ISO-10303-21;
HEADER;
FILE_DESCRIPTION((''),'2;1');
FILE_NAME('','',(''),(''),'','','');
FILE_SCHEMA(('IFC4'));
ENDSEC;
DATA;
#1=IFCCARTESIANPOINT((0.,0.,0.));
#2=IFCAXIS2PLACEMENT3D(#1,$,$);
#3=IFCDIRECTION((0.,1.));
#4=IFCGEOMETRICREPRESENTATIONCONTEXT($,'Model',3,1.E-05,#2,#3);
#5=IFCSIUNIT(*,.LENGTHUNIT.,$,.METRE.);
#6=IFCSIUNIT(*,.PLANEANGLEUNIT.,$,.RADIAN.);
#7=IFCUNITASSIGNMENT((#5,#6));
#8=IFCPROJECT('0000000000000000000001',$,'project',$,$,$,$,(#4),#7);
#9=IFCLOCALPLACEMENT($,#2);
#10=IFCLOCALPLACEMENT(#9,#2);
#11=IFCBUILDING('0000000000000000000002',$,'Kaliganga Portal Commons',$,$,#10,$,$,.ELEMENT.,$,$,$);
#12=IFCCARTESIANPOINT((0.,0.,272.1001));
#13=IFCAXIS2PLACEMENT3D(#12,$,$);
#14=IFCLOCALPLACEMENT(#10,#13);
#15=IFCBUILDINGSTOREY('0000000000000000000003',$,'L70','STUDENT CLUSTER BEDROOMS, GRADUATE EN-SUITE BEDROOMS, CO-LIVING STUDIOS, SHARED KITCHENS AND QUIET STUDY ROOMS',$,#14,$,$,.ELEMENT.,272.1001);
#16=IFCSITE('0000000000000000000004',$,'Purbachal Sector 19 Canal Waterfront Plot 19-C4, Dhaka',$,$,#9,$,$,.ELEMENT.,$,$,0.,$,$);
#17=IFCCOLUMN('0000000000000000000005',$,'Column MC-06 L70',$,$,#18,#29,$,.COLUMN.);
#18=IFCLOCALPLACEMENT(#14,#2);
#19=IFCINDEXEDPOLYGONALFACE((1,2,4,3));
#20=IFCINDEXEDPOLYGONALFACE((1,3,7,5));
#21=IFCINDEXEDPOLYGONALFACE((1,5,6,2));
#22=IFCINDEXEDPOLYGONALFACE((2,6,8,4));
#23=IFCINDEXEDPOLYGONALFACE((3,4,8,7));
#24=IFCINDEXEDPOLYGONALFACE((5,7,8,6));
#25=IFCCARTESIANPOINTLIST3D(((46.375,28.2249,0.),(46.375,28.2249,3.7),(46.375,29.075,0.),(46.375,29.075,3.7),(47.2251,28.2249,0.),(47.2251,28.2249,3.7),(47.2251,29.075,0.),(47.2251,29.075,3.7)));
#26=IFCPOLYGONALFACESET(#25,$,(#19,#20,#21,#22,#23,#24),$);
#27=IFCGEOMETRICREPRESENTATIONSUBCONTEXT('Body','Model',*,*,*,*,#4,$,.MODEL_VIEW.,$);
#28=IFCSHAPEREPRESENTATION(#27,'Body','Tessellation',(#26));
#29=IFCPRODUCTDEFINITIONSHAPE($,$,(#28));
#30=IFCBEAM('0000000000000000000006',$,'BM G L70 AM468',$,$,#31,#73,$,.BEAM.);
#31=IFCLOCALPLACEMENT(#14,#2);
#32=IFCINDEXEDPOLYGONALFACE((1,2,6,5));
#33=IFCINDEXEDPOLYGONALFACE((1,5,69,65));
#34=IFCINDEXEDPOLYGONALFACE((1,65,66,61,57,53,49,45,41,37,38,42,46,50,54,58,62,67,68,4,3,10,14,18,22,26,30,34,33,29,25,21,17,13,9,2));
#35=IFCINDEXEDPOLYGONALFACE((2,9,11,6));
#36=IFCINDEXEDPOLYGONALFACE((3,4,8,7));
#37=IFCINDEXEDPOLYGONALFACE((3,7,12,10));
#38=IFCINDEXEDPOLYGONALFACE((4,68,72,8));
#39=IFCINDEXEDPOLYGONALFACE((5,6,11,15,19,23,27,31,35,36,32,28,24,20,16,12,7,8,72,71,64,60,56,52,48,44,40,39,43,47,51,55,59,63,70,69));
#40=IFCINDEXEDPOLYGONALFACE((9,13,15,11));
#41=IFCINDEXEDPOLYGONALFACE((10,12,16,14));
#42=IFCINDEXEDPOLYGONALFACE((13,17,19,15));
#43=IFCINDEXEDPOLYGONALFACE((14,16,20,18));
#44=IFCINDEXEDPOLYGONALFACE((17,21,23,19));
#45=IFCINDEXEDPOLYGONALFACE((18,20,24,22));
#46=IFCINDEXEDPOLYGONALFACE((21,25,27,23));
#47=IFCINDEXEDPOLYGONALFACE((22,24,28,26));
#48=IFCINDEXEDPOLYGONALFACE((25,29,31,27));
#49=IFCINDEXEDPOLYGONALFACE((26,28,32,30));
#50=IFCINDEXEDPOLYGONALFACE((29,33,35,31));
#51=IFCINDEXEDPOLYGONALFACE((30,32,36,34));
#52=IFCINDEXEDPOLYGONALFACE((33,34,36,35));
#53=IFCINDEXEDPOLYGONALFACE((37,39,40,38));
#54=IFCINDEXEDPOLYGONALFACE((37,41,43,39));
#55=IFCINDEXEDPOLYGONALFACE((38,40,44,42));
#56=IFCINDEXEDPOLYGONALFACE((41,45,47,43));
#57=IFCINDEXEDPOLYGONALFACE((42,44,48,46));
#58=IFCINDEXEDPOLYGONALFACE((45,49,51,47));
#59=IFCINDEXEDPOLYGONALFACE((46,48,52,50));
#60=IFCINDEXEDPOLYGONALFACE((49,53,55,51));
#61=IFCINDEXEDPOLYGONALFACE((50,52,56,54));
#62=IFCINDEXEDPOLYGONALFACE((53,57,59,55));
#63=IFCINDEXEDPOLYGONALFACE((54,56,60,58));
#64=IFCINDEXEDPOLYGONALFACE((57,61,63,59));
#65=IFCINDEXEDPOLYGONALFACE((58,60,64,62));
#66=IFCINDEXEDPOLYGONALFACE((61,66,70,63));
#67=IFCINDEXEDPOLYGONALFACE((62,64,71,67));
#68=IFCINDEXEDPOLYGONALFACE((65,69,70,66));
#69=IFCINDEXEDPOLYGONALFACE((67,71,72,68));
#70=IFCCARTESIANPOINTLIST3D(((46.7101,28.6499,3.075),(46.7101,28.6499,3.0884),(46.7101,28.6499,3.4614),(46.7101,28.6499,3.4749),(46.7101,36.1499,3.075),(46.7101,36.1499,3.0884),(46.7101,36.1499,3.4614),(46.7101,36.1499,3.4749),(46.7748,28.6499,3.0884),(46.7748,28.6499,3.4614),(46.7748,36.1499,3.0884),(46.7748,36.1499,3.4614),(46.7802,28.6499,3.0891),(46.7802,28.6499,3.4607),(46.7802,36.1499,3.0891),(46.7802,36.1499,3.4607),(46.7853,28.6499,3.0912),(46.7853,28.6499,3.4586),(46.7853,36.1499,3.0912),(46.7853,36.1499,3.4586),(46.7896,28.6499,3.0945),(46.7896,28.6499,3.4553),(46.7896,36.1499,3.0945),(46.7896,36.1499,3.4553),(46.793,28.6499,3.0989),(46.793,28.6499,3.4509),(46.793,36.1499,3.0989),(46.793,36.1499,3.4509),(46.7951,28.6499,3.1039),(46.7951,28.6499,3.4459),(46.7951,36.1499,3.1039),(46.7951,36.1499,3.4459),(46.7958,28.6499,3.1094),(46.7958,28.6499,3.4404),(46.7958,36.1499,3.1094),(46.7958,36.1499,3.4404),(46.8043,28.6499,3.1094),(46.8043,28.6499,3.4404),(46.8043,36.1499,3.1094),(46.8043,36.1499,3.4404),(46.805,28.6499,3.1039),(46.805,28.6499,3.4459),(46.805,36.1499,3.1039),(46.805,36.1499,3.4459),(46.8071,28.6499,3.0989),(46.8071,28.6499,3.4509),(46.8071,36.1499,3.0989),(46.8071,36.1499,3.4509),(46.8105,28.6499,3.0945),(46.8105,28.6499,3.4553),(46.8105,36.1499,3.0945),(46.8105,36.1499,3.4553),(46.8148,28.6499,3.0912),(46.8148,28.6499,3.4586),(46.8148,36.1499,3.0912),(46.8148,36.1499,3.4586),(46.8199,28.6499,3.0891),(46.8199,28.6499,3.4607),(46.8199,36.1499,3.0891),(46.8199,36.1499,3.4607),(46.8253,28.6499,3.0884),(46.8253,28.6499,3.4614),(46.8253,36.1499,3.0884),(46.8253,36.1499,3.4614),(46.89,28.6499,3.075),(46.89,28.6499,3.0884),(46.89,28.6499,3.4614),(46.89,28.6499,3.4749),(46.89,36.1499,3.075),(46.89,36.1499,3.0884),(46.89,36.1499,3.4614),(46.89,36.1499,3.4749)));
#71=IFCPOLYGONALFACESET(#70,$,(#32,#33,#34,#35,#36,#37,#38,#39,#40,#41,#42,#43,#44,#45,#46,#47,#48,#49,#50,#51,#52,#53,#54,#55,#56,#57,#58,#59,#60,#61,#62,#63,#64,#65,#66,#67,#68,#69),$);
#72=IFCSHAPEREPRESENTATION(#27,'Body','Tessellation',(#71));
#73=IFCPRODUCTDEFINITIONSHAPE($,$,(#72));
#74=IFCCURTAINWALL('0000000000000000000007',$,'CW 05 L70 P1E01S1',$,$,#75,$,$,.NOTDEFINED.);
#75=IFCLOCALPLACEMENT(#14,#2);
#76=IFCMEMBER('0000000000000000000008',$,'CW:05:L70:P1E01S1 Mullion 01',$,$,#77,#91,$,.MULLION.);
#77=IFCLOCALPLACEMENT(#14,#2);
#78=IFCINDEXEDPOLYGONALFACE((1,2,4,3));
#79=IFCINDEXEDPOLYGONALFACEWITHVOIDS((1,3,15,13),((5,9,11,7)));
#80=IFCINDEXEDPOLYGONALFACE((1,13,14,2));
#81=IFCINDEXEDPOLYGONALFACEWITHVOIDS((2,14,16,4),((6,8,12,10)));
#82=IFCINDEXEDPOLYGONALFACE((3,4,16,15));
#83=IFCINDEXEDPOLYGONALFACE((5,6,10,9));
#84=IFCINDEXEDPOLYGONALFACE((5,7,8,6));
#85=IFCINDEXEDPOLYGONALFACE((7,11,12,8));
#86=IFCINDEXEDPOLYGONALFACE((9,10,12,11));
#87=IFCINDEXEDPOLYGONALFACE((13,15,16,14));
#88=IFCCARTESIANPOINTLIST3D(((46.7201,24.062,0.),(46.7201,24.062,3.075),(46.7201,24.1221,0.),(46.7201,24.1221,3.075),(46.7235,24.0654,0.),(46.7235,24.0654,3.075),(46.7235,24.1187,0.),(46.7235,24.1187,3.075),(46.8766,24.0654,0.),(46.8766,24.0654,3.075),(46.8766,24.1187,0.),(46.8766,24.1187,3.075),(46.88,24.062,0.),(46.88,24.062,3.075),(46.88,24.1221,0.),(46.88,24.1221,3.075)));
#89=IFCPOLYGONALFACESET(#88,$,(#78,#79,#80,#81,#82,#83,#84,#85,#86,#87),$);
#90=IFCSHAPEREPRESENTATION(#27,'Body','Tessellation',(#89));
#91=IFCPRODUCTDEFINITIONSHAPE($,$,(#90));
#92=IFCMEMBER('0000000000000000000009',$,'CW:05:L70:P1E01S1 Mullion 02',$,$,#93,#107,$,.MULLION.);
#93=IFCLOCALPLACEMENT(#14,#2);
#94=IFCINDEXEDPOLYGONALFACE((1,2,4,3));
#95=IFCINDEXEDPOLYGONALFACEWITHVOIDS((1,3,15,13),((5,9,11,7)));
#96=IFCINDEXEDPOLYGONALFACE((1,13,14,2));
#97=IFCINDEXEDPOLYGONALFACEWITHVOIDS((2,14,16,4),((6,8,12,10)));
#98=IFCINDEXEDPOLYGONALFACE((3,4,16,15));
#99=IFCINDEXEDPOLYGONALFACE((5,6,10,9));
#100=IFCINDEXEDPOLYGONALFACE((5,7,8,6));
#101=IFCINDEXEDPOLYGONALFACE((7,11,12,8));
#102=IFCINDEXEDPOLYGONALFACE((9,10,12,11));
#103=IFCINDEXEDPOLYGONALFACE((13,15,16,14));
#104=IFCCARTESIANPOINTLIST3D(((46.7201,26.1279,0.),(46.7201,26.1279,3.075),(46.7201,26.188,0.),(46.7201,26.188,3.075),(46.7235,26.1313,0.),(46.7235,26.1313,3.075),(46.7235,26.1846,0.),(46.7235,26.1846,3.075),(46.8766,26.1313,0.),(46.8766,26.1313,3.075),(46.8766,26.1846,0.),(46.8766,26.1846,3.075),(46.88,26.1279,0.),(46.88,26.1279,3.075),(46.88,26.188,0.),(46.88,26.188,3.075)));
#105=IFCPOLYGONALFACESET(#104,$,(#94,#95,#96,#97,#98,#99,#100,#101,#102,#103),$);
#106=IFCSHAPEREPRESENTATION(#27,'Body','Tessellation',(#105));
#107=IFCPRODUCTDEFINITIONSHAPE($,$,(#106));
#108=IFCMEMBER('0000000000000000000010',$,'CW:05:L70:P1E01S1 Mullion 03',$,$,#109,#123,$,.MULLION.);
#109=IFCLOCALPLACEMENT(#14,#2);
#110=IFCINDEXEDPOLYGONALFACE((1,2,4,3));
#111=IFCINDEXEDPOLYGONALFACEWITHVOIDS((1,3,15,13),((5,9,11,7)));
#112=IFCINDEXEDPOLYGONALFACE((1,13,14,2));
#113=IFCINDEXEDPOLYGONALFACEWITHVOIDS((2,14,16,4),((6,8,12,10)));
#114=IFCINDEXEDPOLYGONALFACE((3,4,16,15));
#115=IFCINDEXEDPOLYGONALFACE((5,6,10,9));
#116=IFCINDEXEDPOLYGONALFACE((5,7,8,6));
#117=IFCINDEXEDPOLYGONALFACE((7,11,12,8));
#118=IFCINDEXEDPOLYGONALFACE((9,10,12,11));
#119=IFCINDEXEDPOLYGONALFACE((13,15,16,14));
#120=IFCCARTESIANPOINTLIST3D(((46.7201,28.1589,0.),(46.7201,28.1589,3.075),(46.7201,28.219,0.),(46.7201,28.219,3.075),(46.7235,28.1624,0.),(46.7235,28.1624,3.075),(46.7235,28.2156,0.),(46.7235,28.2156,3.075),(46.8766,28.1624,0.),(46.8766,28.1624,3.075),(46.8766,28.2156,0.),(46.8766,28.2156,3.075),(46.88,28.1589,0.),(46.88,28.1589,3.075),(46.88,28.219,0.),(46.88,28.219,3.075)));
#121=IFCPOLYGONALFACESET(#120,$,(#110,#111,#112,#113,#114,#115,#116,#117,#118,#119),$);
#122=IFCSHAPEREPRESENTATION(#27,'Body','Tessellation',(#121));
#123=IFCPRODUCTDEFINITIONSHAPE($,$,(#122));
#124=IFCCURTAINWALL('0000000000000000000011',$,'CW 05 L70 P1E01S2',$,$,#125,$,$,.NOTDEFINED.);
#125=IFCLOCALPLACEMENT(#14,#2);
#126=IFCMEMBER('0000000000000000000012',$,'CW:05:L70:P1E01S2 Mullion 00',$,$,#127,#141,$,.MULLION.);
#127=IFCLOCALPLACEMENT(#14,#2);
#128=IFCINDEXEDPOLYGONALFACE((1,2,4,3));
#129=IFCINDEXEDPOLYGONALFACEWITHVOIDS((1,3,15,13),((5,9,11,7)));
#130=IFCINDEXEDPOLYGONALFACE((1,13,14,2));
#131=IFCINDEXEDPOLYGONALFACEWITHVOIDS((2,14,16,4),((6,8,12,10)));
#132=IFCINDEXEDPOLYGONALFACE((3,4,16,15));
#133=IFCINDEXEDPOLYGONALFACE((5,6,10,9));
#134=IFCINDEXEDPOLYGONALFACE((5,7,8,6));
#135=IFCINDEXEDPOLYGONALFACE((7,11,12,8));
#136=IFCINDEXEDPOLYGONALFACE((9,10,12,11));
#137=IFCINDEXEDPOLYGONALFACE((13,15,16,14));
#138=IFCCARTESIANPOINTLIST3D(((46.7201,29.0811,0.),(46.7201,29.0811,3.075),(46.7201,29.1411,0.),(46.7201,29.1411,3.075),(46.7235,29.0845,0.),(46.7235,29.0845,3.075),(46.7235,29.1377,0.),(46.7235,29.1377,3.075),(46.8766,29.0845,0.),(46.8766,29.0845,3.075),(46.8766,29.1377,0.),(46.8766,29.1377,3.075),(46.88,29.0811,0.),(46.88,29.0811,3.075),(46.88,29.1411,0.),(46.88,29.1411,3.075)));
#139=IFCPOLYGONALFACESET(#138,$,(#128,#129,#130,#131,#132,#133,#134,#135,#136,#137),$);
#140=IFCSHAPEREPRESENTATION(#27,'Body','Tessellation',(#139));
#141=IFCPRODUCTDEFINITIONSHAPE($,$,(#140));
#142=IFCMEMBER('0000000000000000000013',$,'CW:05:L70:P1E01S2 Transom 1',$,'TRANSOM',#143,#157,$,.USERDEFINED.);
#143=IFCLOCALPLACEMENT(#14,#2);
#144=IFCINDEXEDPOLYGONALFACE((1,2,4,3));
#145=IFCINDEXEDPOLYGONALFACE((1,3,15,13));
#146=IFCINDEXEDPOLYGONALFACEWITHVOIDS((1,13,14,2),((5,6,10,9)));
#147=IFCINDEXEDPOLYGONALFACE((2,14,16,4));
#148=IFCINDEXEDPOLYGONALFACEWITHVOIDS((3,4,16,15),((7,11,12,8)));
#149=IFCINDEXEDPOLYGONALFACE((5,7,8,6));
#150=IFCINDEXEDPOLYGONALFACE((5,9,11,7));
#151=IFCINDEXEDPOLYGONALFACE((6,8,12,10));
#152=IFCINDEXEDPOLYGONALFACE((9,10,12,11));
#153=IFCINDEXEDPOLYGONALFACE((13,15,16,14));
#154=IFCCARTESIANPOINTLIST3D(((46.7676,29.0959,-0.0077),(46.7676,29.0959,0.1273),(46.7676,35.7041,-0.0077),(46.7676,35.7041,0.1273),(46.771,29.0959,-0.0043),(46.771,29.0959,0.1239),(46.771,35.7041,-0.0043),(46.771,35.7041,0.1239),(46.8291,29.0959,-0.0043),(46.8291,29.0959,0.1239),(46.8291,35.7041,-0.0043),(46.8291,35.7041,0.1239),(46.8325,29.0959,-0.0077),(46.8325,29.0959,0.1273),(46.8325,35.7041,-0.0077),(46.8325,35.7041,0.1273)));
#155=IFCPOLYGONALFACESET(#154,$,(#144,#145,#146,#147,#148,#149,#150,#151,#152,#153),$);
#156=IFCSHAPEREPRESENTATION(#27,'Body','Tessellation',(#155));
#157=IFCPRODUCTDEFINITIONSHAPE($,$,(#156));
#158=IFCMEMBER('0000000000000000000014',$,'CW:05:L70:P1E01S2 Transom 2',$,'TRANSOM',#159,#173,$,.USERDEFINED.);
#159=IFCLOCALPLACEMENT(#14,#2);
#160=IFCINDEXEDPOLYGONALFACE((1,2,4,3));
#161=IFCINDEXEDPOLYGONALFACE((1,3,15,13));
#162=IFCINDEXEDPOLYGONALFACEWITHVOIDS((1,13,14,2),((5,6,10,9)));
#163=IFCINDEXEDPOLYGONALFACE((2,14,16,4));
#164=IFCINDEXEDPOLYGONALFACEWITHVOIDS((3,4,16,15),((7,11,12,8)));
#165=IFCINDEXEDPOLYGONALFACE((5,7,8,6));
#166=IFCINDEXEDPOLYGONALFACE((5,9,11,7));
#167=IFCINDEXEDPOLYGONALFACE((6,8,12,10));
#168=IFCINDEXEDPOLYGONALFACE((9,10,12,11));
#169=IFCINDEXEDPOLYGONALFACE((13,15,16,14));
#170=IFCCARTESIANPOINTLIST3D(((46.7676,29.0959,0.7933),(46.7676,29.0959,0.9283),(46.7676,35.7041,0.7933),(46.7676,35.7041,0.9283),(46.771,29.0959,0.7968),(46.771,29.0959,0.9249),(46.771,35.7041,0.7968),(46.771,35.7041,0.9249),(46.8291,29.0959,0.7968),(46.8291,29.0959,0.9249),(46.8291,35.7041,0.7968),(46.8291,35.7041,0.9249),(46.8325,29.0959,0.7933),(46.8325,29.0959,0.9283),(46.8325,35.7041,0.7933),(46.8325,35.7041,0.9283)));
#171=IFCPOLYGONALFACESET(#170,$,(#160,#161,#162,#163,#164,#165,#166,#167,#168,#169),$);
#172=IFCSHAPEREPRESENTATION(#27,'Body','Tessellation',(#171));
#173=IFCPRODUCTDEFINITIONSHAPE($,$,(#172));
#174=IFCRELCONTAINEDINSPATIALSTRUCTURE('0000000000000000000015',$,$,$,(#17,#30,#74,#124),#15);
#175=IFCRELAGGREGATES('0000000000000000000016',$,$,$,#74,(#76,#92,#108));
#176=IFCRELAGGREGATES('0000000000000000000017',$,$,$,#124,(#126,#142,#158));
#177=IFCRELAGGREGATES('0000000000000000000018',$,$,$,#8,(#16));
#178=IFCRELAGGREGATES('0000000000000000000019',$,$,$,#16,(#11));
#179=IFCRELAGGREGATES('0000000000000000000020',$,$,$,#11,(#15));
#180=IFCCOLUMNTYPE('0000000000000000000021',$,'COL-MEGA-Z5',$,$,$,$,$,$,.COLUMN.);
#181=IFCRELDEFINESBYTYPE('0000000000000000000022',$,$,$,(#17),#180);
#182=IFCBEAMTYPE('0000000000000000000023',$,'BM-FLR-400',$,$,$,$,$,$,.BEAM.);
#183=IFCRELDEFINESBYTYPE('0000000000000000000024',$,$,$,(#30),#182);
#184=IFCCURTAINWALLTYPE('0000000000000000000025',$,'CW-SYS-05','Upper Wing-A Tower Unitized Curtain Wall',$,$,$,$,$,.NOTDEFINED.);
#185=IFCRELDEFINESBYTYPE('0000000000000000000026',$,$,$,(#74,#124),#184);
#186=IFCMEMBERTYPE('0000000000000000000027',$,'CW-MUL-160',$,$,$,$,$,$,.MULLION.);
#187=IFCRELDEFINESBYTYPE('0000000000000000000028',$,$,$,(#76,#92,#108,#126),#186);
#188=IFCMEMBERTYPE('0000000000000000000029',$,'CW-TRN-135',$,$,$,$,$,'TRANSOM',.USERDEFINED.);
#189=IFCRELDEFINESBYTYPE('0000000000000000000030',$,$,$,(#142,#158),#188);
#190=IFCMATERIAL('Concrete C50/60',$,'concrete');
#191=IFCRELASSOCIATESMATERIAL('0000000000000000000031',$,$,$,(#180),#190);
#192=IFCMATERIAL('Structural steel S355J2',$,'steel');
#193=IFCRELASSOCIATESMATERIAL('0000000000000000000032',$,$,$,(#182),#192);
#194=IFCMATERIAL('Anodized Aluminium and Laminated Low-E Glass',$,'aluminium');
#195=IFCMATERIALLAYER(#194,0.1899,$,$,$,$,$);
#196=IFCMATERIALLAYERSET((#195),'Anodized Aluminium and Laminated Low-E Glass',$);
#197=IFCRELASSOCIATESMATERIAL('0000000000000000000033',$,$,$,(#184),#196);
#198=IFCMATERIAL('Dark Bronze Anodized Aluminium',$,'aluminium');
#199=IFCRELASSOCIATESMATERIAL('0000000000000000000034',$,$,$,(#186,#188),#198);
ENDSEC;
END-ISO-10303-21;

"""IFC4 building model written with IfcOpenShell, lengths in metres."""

from ifc_helpers import new_model, si_unit, direction, frame, origin, origin_2d, place, context, subcontext, project, spatial, rectangle, hollow_rectangle, i_section, extrude, source, transform, mapped, material, layer, layer_set, material_profile, profile_set, type_object, element, aggregate, save


model = new_model("IFC4")

# Units and contexts
model_context = context("Model", 3, precision=1e-05, world=origin(), true_north=direction((0.0, 1.0)))
body_context = subcontext(model_context, "Body", "Model", "MODEL_VIEW")
ifc_project = project(units=[si_unit("LENGTHUNIT", "METRE"), si_unit("PLANEANGLEUNIT", "RADIAN")], contexts=[model_context])

# Site, building, storey
site_placement = place(None, origin())
site = spatial("IfcSite", under=ifc_project, at=site_placement, Name="Purbachal Sector 19 Canal Waterfront Plot 19-C4, Dhaka", CompositionType="ELEMENT", RefElevation=0.0)
building_placement = place(site_placement, origin())
building = spatial("IfcBuilding", under=site, at=building_placement, Name="Kaliganga Portal Commons", CompositionType="ELEMENT")
storey_placement = place(building_placement, frame((0.0, 0.0, 272.1001)))
storey = spatial("IfcBuildingStorey", under=building, at=storey_placement, Name="L70", Description="STUDENT CLUSTER BEDROOMS, GRADUATE EN-SUITE BEDROOMS, CO-LIVING STUDIOS, SHARED KITCHENS AND QUIET STUDY ROOMS", CompositionType="ELEMENT", Elevation=272.1001)

# Column
ifc_material_1 = material(Name="Concrete C50/60", Category="concrete")
ifc_material_profile_1 = material_profile(ifc_material_1, rectangle(XDim=0.8501, YDim=0.8501, at=origin_2d()), Name="RC 850x850")
ifc_profile_set_1 = profile_set([ifc_material_profile_1], Name="Concrete C50/60")
column_type = type_object("IfcColumnType", Name="COL-MEGA-Z5", PredefinedType="COLUMN", material=ifc_profile_set_1)
shared_shape_1 = source(origin(), body_context, "Body", "SweptSolid", [
    extrude(rectangle(XDim=0.8501, YDim=0.8501, at=origin_2d()), origin(), (0.0, 0.0, 1.0), 3.7),
])
column_placement = place(storey_placement, frame((46.8, 28.6499, 0.0), z_axis=(0.0, 0.0, 1.0), x_axis=(1.0, 0.0, 0.0)))
element("IfcColumn", 1, at=column_placement, inside=storey, type_object=column_type, Name="Column MC-06 L70", PredefinedType="COLUMN", context=body_context, shape_type="MappedRepresentation", body=[
    mapped(shared_shape_1, transform((0.0, 0.0, 0.0), x_axis=(1.0, 0.0, 0.0), y_axis=(0.0, 1.0, 0.0), z_axis=(0.0, 0.0, 1.0), scale=1.0)),
])

# Beam
ifc_material_2 = material(Name="Structural steel S355J2", Category="steel")
ifc_material_profile_2 = material_profile(ifc_material_2, i_section(OverallWidth=0.1799, OverallDepth=0.3999, WebThickness=0.0085, FlangeThickness=0.0134, FilletRadius=0.021, at=origin_2d()), Name="IPE 400")
ifc_profile_set_2 = profile_set([ifc_material_profile_2], Name="Structural steel S355J2 wide-flange")
beam_type = type_object("IfcBeamType", Name="BM-FLR-400", PredefinedType="BEAM", material=ifc_profile_set_2)
shared_shape_2 = source(origin(), body_context, "Body", "SweptSolid", [
    extrude(i_section(OverallWidth=0.1799, OverallDepth=0.3999, WebThickness=0.0085, FlangeThickness=0.0134, FilletRadius=0.021, at=origin_2d()), origin(), (0.0, 0.0, 1.0), 7.5),
])
beam_placement = place(storey_placement, frame((46.8, 28.6499, 3.2749), z_axis=(0.0, 1.0, 0.0), x_axis=(-1.0, 0.0, 0.0)))
element("IfcBeam", 2, at=beam_placement, inside=storey, type_object=beam_type, Name="BM G L70 AM468", PredefinedType="BEAM", context=body_context, shape_type="MappedRepresentation", body=[
    mapped(shared_shape_2, transform((0.0, 0.0, 0.0), x_axis=(1.0, 0.0, 0.0), y_axis=(0.0, 1.0, 0.0), z_axis=(0.0, 0.0, 1.0), scale=1.0)),
])

# Curtain walls, members
ifc_material_3 = material(Name="Anodized Aluminium and Laminated Low-E Glass", Category="aluminium")
ifc_layer_1 = layer(ifc_material_3, 0.1899)
ifc_layer_set_1 = layer_set([ifc_layer_1], Name="Anodized Aluminium and Laminated Low-E Glass")
curtain_wall_type = type_object("IfcCurtainWallType", Name="CW-SYS-05", Description="Upper Wing-A Tower Unitized Curtain Wall", PredefinedType="NOTDEFINED", material=ifc_layer_set_1)
curtain_wall_1_placement = place(storey_placement, origin())
curtain_wall_1 = element("IfcCurtainWall", 3, at=curtain_wall_1_placement, inside=storey, type_object=curtain_wall_type, Name="CW 05 L70 P1E01S1", PredefinedType="NOTDEFINED")
ifc_material_4 = material(Name="Dark Bronze Anodized Aluminium", Category="aluminium")
ifc_material_profile_3 = material_profile(ifc_material_4, hollow_rectangle(XDim=0.0601, YDim=0.1599, WallThickness=0.0034, at=origin_2d()), Name="ALU MULL 60x160x3.5")
ifc_profile_set_3 = profile_set([ifc_material_profile_3], Name="Dark Bronze Anodized Aluminium")
member_type_1 = type_object("IfcMemberType", Name="CW-MUL-160", PredefinedType="MULLION", material=ifc_profile_set_3)
shared_shape_3 = source(origin(), body_context, "Body", "SweptSolid", [
    extrude(hollow_rectangle(XDim=0.0601, YDim=0.1599, WallThickness=0.0034, at=origin_2d()), origin(), (0.0, 0.0, 1.0), 3.075),
])
member_1_placement = place(storey_placement, frame((46.8, 24.092, 0.0), z_axis=(0.0, 0.0, 1.0), x_axis=(0.0, 1.0, 0.0)))
member_1 = element("IfcMember", 4, at=member_1_placement, type_object=member_type_1, Name="CW:05:L70:P1E01S1 Mullion 01", PredefinedType="MULLION", context=body_context, shape_type="MappedRepresentation", body=[
    mapped(shared_shape_3, transform((0.0, 0.0, 0.0), x_axis=(1.0, 0.0, 0.0), y_axis=(0.0, 1.0, 0.0), z_axis=(0.0, 0.0, 1.0), scale=1.0)),
])
member_2_placement = place(storey_placement, frame((46.8, 26.158, 0.0), z_axis=(0.0, 0.0, 1.0), x_axis=(0.0, 1.0, 0.0)))
member_2 = element("IfcMember", 5, at=member_2_placement, type_object=member_type_1, Name="CW:05:L70:P1E01S1 Mullion 02", PredefinedType="MULLION", context=body_context, shape_type="MappedRepresentation", body=[
    mapped(shared_shape_3, transform((0.0, 0.0, 0.0), x_axis=(1.0, 0.0, 0.0), y_axis=(0.0, 1.0, 0.0), z_axis=(0.0, 0.0, 1.0), scale=1.0)),
])
member_3_placement = place(storey_placement, frame((46.8, 28.189, 0.0), z_axis=(0.0, 0.0, 1.0), x_axis=(0.0, 1.0, 0.0)))
member_3 = element("IfcMember", 6, at=member_3_placement, type_object=member_type_1, Name="CW:05:L70:P1E01S1 Mullion 03", PredefinedType="MULLION", context=body_context, shape_type="MappedRepresentation", body=[
    mapped(shared_shape_3, transform((0.0, 0.0, 0.0), x_axis=(1.0, 0.0, 0.0), y_axis=(0.0, 1.0, 0.0), z_axis=(0.0, 0.0, 1.0), scale=1.0)),
])
curtain_wall_2_placement = place(storey_placement, origin())
curtain_wall_2 = element("IfcCurtainWall", 7, at=curtain_wall_2_placement, inside=storey, type_object=curtain_wall_type, Name="CW 05 L70 P1E01S2", PredefinedType="NOTDEFINED")
member_4_placement = place(storey_placement, frame((46.8, 29.1111, 0.0), z_axis=(0.0, 0.0, 1.0), x_axis=(0.0, 1.0, 0.0)))
member_4 = element("IfcMember", 8, at=member_4_placement, type_object=member_type_1, Name="CW:05:L70:P1E01S2 Mullion 00", PredefinedType="MULLION", context=body_context, shape_type="MappedRepresentation", body=[
    mapped(shared_shape_3, transform((0.0, 0.0, 0.0), x_axis=(1.0, 0.0, 0.0), y_axis=(0.0, 1.0, 0.0), z_axis=(0.0, 0.0, 1.0), scale=1.0)),
])
ifc_material_profile_4 = material_profile(ifc_material_4, hollow_rectangle(XDim=0.0649, YDim=0.135, WallThickness=0.0034, at=origin_2d()), Name="ALU TRAN 65x135x3.5")
ifc_profile_set_4 = profile_set([ifc_material_profile_4], Name="Dark Bronze Anodized Aluminium")
member_type_2 = type_object("IfcMemberType", Name="CW-TRN-135", ElementType="TRANSOM", PredefinedType="USERDEFINED", material=ifc_profile_set_4)
shared_shape_4 = source(origin(), body_context, "Body", "SweptSolid", [
    extrude(hollow_rectangle(XDim=0.0649, YDim=0.135, WallThickness=0.0034, at=origin_2d()), origin(), (0.0, 0.0, 1.0), 6.6082),
])
member_5_placement = place(storey_placement, frame((46.8, 29.0959, 0.0598), z_axis=(0.0, 1.0, 0.0), x_axis=(-1.0, 0.0, 0.0)))
member_5 = element("IfcMember", 9, at=member_5_placement, type_object=member_type_2, Name="CW:05:L70:P1E01S2 Transom 1", ObjectType="TRANSOM", PredefinedType="USERDEFINED", context=body_context, shape_type="MappedRepresentation", body=[
    mapped(shared_shape_4, transform((0.0, 0.0, 0.0), x_axis=(1.0, 0.0, 0.0), y_axis=(0.0, 1.0, 0.0), z_axis=(0.0, 0.0, 1.0), scale=1.0)),
])
member_6_placement = place(storey_placement, frame((46.8, 29.0959, 0.8608), z_axis=(0.0, 1.0, 0.0), x_axis=(-1.0, 0.0, 0.0)))
member_6 = element("IfcMember", 10, at=member_6_placement, type_object=member_type_2, Name="CW:05:L70:P1E01S2 Transom 2", ObjectType="TRANSOM", PredefinedType="USERDEFINED", context=body_context, shape_type="MappedRepresentation", body=[
    mapped(shared_shape_4, transform((0.0, 0.0, 0.0), x_axis=(1.0, 0.0, 0.0), y_axis=(0.0, 1.0, 0.0), z_axis=(0.0, 0.0, 1.0), scale=1.0)),
])

aggregate(curtain_wall_1, [member_1, member_2, member_3])
aggregate(curtain_wall_2, [member_4, member_5, member_6])

save(model, "model.ifc")
